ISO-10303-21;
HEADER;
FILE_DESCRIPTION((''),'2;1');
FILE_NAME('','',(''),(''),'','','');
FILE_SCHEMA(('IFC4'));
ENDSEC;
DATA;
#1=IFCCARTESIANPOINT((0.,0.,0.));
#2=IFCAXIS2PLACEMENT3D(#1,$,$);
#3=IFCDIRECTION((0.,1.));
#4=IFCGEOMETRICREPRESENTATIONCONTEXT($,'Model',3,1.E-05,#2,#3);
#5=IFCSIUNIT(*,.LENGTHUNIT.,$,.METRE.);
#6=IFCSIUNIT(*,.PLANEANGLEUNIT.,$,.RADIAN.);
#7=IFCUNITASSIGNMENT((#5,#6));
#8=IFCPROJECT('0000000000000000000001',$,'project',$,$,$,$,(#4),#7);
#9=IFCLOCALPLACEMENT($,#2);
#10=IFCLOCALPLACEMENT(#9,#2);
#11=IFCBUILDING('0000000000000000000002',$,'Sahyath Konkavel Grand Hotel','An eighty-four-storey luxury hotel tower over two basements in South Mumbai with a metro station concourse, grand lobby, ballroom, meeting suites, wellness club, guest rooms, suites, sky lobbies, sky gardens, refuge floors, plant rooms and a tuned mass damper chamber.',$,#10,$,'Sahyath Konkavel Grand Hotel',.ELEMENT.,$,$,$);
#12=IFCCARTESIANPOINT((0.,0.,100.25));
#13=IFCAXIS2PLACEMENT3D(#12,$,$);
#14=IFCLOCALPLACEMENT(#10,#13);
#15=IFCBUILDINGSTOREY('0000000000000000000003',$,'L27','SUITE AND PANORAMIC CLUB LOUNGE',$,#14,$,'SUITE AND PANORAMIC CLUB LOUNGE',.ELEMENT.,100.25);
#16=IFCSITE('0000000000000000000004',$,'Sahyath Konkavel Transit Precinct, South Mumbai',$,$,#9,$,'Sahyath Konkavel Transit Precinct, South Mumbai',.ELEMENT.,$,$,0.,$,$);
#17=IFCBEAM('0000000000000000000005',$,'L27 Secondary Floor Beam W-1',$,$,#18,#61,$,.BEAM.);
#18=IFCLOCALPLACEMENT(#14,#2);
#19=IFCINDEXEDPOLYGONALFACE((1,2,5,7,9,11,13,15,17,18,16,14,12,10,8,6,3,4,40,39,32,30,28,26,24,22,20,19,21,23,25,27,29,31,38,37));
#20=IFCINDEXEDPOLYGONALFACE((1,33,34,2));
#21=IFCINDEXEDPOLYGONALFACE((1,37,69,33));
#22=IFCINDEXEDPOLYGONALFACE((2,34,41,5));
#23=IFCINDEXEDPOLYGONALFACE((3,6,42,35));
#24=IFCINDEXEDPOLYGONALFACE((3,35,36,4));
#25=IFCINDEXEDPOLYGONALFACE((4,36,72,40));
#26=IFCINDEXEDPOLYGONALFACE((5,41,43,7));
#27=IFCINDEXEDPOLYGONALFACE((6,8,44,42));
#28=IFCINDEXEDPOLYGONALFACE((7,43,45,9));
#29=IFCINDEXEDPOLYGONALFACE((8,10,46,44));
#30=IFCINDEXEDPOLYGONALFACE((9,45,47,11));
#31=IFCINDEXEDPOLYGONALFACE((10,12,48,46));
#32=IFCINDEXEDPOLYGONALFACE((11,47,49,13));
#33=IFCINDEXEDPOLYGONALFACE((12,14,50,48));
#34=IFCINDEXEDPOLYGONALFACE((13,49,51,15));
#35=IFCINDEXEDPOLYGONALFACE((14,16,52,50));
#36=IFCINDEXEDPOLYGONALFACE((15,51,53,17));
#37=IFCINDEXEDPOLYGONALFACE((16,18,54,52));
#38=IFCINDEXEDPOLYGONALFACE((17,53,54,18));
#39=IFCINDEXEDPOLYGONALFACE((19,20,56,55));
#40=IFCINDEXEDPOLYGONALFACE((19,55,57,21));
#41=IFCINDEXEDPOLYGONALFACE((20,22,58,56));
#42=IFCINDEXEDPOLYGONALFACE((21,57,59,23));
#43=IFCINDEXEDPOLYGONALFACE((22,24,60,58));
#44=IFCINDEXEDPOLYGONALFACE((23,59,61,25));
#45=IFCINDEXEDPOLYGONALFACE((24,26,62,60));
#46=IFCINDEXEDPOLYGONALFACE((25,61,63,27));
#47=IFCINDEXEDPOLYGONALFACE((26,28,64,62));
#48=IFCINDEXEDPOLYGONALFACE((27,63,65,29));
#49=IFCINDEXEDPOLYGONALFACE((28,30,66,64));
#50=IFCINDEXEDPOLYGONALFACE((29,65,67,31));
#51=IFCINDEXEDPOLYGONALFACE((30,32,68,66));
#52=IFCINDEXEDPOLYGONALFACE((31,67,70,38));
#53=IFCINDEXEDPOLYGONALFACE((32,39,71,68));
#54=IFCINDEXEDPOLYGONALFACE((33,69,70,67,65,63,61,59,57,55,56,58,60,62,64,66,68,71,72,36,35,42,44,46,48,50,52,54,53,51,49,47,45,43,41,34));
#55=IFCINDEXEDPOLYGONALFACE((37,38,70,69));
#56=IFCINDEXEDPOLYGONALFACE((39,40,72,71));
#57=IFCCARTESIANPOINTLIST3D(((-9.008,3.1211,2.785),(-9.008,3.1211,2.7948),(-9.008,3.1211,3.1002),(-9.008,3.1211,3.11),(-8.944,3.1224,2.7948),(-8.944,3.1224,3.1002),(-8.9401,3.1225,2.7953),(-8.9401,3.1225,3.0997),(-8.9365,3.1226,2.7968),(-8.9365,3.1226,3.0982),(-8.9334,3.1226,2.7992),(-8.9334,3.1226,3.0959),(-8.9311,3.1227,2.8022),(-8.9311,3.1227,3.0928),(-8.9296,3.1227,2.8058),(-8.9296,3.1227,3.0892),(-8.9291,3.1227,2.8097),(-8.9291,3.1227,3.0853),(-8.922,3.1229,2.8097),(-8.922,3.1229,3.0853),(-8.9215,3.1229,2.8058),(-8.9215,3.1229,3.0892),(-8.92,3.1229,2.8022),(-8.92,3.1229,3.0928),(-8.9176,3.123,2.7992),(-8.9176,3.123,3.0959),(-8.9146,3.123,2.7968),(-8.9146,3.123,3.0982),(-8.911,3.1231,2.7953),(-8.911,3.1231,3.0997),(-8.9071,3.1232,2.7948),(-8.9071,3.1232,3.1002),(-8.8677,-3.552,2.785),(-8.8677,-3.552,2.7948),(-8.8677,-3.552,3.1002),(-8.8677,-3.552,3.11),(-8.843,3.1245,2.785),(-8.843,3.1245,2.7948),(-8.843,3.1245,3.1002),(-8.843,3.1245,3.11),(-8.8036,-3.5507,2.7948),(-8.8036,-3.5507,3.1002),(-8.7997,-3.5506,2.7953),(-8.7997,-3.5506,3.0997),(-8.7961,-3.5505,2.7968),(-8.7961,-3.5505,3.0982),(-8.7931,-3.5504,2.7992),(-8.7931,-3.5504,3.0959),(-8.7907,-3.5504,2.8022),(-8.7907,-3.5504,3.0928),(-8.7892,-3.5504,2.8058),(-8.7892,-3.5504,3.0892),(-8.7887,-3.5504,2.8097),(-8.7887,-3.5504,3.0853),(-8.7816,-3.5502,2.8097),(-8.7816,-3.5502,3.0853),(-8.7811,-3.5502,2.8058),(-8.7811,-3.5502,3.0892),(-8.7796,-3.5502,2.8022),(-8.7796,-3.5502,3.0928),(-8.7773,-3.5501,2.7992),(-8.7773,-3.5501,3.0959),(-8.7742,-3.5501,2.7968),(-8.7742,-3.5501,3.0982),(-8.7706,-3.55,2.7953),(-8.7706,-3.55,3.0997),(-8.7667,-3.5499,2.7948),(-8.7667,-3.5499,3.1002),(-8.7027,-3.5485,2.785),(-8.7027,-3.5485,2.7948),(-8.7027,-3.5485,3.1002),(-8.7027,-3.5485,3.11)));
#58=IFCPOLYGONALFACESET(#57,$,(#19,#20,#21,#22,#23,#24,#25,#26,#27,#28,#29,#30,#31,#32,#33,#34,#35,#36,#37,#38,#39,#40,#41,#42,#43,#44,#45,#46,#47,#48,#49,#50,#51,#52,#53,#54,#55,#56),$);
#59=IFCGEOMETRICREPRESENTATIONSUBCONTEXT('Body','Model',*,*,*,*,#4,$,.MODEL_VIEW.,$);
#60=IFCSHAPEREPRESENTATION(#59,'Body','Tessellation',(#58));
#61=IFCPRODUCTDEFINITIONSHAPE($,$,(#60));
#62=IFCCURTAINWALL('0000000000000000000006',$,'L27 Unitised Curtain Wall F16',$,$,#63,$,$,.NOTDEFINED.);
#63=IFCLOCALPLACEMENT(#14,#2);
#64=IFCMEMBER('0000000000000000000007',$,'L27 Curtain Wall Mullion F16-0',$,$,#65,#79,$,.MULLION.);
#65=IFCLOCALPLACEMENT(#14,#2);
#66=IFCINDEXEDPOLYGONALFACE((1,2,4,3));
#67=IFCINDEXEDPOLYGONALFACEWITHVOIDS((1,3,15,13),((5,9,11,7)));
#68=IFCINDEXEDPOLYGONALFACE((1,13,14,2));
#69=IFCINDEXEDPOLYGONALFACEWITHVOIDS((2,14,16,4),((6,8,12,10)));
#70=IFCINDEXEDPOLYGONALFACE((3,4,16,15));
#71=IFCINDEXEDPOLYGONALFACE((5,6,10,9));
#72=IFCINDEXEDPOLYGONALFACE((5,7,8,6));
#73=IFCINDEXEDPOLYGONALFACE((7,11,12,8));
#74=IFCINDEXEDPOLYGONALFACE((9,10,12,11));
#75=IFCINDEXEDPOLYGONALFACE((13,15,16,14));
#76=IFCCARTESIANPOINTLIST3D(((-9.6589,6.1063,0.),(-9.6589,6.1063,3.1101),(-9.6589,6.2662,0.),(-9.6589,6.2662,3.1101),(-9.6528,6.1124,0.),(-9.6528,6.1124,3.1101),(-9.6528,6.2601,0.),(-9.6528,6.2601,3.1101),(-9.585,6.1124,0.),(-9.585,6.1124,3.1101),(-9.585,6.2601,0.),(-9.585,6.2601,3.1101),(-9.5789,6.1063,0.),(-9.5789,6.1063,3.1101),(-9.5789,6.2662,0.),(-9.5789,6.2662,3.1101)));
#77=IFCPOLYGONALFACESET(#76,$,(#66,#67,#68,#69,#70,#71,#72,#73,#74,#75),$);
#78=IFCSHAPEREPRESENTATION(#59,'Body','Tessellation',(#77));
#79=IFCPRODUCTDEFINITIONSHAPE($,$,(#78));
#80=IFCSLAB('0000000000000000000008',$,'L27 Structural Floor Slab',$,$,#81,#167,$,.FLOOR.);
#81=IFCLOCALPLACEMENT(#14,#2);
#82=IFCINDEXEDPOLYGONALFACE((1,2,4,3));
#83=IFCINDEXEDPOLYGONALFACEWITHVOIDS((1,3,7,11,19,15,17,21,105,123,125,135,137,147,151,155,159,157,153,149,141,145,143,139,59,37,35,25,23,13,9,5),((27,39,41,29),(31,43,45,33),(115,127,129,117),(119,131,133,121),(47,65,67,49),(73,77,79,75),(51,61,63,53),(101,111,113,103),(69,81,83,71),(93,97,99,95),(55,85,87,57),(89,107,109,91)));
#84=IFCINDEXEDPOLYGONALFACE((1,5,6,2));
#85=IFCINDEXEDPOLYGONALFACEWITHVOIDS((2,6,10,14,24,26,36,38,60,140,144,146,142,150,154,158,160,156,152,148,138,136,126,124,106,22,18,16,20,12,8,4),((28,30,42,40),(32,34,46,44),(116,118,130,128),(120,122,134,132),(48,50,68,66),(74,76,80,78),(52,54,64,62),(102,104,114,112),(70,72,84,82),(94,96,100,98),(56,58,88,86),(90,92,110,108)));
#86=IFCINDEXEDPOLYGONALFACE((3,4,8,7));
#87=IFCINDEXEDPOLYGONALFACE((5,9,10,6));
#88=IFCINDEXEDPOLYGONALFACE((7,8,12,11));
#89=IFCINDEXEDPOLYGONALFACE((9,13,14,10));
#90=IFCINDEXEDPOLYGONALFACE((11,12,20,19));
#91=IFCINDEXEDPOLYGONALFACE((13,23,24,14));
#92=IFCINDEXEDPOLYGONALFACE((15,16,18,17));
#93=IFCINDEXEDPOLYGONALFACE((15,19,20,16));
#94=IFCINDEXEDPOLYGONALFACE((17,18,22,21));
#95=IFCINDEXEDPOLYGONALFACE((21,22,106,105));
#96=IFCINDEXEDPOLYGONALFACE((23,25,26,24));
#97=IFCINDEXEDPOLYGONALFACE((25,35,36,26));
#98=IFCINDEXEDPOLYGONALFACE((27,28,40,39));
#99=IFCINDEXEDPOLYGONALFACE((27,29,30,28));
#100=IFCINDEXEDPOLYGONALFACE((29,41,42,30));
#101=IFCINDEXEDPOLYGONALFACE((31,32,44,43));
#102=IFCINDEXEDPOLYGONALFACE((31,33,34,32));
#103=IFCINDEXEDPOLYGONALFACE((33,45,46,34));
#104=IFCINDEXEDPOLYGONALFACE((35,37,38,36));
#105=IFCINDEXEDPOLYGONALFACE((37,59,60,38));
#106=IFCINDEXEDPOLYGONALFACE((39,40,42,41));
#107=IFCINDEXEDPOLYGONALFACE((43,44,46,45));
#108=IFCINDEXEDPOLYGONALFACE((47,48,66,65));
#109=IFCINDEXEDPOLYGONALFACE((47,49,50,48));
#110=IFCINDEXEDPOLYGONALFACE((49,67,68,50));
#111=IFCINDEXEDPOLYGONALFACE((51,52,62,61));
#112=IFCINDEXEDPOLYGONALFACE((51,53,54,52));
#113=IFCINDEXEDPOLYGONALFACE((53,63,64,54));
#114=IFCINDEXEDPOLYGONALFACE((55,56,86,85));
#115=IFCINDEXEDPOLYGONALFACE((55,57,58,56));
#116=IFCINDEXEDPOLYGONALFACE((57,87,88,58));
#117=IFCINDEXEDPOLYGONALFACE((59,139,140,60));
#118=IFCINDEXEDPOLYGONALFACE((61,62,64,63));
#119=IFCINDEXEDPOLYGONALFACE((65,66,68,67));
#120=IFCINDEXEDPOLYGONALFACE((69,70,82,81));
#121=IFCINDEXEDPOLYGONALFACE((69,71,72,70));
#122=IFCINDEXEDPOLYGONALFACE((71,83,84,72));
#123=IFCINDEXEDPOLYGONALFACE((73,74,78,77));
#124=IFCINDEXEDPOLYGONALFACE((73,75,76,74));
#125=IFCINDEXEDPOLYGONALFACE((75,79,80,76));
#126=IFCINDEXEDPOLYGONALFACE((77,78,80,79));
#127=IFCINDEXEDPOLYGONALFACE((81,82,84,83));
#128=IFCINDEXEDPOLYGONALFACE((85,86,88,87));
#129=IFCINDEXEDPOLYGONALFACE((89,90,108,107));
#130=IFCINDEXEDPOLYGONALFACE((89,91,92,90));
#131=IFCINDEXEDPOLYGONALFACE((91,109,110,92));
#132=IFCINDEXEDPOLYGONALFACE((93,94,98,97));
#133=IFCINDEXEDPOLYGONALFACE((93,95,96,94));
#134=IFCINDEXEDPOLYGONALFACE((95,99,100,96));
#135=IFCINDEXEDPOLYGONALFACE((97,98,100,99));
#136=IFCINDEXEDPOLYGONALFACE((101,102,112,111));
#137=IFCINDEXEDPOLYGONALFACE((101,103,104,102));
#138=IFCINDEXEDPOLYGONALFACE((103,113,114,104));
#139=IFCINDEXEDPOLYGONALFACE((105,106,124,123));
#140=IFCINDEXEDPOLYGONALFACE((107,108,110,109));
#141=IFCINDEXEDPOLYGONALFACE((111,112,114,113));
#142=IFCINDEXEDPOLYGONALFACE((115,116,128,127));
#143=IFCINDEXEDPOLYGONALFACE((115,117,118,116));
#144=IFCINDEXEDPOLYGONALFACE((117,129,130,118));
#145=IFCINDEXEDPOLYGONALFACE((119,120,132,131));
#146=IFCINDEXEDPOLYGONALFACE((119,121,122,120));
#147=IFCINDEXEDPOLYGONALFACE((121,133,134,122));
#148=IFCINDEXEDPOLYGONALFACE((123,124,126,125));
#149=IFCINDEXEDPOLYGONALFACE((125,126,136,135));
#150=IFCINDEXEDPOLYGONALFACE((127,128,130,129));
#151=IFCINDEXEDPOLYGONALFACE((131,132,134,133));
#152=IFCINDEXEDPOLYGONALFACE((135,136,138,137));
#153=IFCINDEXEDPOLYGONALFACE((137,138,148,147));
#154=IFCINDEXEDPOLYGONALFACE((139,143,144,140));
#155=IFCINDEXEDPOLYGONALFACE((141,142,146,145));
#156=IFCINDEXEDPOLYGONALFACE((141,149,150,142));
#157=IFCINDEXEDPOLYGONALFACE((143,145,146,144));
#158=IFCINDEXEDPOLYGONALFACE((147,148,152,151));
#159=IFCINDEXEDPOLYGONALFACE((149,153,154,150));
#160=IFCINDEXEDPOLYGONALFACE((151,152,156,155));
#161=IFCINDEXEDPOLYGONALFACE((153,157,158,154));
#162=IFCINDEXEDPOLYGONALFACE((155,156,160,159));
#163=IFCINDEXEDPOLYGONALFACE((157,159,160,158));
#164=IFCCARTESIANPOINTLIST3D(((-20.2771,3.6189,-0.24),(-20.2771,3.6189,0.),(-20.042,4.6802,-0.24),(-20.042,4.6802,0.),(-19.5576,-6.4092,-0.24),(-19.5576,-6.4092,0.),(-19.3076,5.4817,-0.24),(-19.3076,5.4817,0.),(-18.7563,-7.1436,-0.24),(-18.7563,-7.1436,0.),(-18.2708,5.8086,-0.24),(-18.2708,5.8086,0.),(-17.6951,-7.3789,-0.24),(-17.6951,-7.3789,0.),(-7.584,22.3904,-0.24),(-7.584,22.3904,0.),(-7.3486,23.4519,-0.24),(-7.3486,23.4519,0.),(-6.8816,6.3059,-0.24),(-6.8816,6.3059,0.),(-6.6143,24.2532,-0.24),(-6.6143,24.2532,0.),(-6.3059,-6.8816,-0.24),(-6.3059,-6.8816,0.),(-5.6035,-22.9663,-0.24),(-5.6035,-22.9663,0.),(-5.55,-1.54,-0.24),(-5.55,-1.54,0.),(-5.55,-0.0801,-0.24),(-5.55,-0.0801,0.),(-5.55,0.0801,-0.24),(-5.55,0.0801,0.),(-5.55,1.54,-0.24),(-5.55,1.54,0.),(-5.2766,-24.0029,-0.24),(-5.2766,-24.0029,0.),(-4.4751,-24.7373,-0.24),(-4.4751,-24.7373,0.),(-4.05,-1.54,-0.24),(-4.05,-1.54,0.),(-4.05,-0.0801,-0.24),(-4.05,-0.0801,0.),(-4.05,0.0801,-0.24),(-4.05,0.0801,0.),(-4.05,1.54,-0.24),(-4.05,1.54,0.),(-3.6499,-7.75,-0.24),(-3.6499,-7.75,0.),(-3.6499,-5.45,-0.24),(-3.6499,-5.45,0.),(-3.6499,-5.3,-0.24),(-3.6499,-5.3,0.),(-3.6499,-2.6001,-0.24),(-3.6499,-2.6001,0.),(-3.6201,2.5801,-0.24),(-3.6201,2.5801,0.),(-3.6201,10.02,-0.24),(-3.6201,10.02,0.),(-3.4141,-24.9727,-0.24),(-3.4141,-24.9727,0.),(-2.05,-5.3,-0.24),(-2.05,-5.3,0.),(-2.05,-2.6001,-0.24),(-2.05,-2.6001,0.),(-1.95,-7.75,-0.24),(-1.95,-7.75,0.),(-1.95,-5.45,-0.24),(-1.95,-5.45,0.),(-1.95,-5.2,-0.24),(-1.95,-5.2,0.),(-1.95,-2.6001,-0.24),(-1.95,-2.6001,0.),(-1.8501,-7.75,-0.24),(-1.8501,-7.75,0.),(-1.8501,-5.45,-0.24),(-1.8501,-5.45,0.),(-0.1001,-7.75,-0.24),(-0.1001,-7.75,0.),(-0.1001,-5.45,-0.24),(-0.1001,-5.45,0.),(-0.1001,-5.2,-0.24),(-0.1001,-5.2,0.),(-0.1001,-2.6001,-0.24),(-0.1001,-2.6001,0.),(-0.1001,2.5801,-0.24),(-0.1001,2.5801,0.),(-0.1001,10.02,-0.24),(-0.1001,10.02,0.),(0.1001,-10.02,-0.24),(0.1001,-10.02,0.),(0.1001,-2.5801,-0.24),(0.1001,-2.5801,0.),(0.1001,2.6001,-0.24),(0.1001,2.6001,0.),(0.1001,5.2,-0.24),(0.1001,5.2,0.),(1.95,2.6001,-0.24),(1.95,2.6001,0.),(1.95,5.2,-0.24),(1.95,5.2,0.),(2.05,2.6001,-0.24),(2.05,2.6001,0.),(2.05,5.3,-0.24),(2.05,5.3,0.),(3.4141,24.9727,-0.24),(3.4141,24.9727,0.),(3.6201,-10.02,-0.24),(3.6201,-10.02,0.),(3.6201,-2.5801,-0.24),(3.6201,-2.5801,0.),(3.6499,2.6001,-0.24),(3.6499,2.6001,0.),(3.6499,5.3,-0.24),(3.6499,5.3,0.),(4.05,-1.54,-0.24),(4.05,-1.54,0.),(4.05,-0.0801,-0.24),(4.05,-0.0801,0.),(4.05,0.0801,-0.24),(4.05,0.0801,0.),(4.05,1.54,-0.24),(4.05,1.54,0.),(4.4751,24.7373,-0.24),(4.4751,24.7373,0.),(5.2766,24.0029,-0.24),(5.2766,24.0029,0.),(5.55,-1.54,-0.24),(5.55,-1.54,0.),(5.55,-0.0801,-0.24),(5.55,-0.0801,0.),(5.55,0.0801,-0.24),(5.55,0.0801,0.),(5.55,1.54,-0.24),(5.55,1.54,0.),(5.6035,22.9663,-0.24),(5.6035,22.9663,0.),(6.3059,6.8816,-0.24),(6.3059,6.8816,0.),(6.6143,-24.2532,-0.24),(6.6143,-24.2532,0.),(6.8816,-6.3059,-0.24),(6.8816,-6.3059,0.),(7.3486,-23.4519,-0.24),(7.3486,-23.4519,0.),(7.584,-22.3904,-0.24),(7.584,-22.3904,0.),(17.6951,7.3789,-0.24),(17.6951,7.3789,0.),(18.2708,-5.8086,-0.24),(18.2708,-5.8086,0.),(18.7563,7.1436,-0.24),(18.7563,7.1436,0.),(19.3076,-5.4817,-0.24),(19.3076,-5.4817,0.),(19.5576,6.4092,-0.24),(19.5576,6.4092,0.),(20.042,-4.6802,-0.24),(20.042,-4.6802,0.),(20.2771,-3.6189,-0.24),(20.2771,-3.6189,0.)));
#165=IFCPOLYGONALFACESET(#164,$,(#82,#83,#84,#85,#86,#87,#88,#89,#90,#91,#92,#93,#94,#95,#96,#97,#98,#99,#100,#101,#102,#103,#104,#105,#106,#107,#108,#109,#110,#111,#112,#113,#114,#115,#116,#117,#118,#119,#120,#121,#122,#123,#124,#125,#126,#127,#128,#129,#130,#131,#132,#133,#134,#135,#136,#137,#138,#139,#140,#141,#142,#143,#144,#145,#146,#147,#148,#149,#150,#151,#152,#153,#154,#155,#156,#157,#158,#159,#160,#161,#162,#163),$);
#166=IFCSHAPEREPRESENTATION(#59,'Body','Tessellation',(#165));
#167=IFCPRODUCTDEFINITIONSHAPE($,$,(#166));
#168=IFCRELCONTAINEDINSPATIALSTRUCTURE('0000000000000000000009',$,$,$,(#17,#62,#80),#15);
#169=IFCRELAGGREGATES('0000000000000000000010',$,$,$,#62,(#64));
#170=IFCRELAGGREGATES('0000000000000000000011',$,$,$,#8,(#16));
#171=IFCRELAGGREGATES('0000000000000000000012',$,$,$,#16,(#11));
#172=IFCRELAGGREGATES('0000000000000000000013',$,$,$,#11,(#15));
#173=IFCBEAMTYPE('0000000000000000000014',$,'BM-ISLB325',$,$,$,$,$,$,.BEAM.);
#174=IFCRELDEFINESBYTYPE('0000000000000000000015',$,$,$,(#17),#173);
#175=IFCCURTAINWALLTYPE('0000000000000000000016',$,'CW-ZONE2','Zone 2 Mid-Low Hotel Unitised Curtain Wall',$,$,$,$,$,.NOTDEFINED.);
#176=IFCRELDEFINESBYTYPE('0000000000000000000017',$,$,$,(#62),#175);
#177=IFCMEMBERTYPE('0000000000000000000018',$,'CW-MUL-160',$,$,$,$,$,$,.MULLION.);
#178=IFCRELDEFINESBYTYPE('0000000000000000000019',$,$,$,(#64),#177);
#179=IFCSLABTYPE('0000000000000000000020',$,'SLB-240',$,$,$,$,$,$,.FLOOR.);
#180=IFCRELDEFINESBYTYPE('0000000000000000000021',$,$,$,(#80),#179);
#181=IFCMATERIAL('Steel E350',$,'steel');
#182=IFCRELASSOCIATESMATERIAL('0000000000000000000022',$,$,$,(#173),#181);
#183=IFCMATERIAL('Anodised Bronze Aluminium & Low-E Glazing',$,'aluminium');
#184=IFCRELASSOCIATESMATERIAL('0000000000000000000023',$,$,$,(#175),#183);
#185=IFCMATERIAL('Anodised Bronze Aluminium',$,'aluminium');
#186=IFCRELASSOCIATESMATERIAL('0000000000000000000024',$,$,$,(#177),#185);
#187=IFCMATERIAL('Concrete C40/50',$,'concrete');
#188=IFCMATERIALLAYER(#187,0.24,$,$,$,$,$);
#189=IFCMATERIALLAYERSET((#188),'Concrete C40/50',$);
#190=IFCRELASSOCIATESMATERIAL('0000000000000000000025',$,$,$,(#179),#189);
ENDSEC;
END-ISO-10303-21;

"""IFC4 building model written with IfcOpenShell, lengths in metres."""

from ifc_helpers import new_model, si_unit, direction, frame, origin, origin_2d, place, context, subcontext, project, spatial, polyline, hollow_rectangle, i_section, outline, extrude, source, transform, mapped, material, layer, layer_set, material_profile, profile_set, type_object, element, aggregate, save


model = new_model("IFC4")

# Units and contexts
model_context = context("Model", 3, precision=1e-05, world=origin(), true_north=direction((0.0, 1.0)))
body_context = subcontext(model_context, "Body", "Model", "MODEL_VIEW")
ifc_project = project(units=[si_unit("LENGTHUNIT", "METRE"), si_unit("PLANEANGLEUNIT", "RADIAN")], contexts=[model_context])

# Site, building, storey
site_placement = place(None, origin())
site = spatial("IfcSite", under=ifc_project, at=site_placement, Name="Sahyath Konkavel Transit Precinct, South Mumbai", LongName="Sahyath Konkavel Transit Precinct, South Mumbai", CompositionType="ELEMENT", RefElevation=0.0)
building_placement = place(site_placement, origin())
building = spatial("IfcBuilding", under=site, at=building_placement, Name="Sahyath Konkavel Grand Hotel", Description="An eighty-four-storey luxury hotel tower over two basements in South Mumbai with a metro station concourse, grand lobby, ballroom, meeting suites, wellness club, guest rooms, suites, sky lobbies, sky gardens, refuge floors, plant rooms and a tuned mass damper chamber.", LongName="Sahyath Konkavel Grand Hotel", CompositionType="ELEMENT")
storey_placement = place(building_placement, frame((0.0, 0.0, 100.25)))
storey = spatial("IfcBuildingStorey", under=building, at=storey_placement, Name="L27", Description="SUITE AND PANORAMIC CLUB LOUNGE", LongName="SUITE AND PANORAMIC CLUB LOUNGE", CompositionType="ELEMENT", Elevation=100.25)

# Beam
ifc_material_1 = material(Name="Steel E350", Category="steel")
ifc_material_profile_1 = material_profile(ifc_material_1, i_section(OverallWidth=0.165, OverallDepth=0.325, WebThickness=0.0071, FlangeThickness=0.0098, FilletRadius=0.0149, at=origin_2d()), Name="ISLB 325")
ifc_profile_set_1 = profile_set([ifc_material_profile_1], Name="Steel E350")
beam_type_1 = type_object("IfcBeamType", Name="BM-ISLB325", PredefinedType="BEAM", material=ifc_profile_set_1)
shared_shape_1 = source(origin(), body_context, "Body", "SweptSolid", [
    extrude(i_section(OverallWidth=0.165, OverallDepth=0.325, WebThickness=0.0071, FlangeThickness=0.0098, FilletRadius=0.0149, at=origin_2d()), origin(), (0.0, 0.0, 1.0), 6.6746),
])
beam_1_placement = place(storey_placement, frame((-8.9255, 3.1228, 2.9475), z_axis=(0.021032, -0.999779, 0.0), x_axis=(0.999779, 0.021032, 0.0)))
element("IfcBeam", 1, at=beam_1_placement, inside=storey, type_object=beam_type_1, Name="L27 Secondary Floor Beam W-1", PredefinedType="BEAM", context=body_context, shape_type="MappedRepresentation", body=[
    mapped(shared_shape_1, transform((0.0, 0.0, 0.0), scale=1.0)),
])

# Curtain wall, member
ifc_material_2 = material(Name="Anodised Bronze Aluminium & Low-E Glazing", Category="aluminium")
curtain_wall_type = type_object("IfcCurtainWallType", Name="CW-ZONE2", Description="Zone 2 Mid-Low Hotel Unitised Curtain Wall", PredefinedType="NOTDEFINED", material=ifc_material_2)
curtain_wall_placement = place(storey_placement, origin())
curtain_wall = element("IfcCurtainWall", 2, at=curtain_wall_placement, inside=storey, type_object=curtain_wall_type, Name="L27 Unitised Curtain Wall F16", PredefinedType="NOTDEFINED")
ifc_material_3 = material(Name="Anodised Bronze Aluminium", Category="aluminium")
ifc_material_profile_2 = material_profile(ifc_material_3, hollow_rectangle(XDim=0.0801, YDim=0.1599, WallThickness=0.0061, at=origin_2d()), Name="RHS 160x80x6")
ifc_profile_set_2 = profile_set([ifc_material_profile_2], Name="Anodised Bronze Aluminium")
member_type = type_object("IfcMemberType", Name="CW-MUL-160", PredefinedType="MULLION", material=ifc_profile_set_2)
shared_shape_2 = source(origin(), body_context, "Body", "SweptSolid", [
    extrude(hollow_rectangle(XDim=0.0801, YDim=0.1599, WallThickness=0.0061, at=origin_2d()), origin(), (0.0, 0.0, 1.0), 3.1101),
])
member_placement = place(storey_placement, frame((-9.6189, 6.1863, 0.0), z_axis=(0.0, 0.0, 1.0), x_axis=(1.0, 0.0, 0.0)))
member = element("IfcMember", 3, at=member_placement, type_object=member_type, Name="L27 Curtain Wall Mullion F16-0", PredefinedType="MULLION", context=body_context, shape_type="MappedRepresentation", body=[
    mapped(shared_shape_2, transform((0.0, 0.0, 0.0), scale=1.0)),
])
aggregate(curtain_wall, [member])

# Slab
ifc_material_4 = material(Name="Concrete C40/50", Category="concrete")
ifc_layer_1 = layer(ifc_material_4, 0.24)
ifc_layer_set_1 = layer_set([ifc_layer_1], Name="Concrete C40/50")
slab_type_1 = type_object("IfcSlabType", Name="SLB-240", PredefinedType="FLOOR", material=ifc_layer_set_1)
slab_1_placement = place(storey_placement, frame((0.0, 0.0, -0.24)))
element("IfcSlab", 4, at=slab_1_placement, inside=storey, type_object=slab_type_1, Name="L27 Structural Floor Slab", PredefinedType="FLOOR", context=body_context, shape_type="SweptSolid", body=[
    extrude(outline(polyline([(6.8816, -6.3059), (18.2708, -5.8086), (19.3076, -5.4817), (20.042, -4.6802), (20.2771, -3.6189), (19.5576, 6.4092), (18.7563, 7.1436), (17.6951, 7.3789), (6.3059, 6.8816), (5.6035, 22.9663), (5.2766, 24.0029), (4.4751, 24.7373), (3.4141, 24.9727), (-6.6143, 24.2532), (-7.3486, 23.4519), (-7.584, 22.3904), (-6.8816, 6.3059), (-18.2708, 5.8086), (-19.3076, 5.4817), (-20.042, 4.6802), (-20.2771, 3.6189), (-19.5576, -6.4092), (-18.7563, -7.1436), (-17.6951, -7.3789), (-6.3059, -6.8816), (-5.6035, -22.9663), (-5.2766, -24.0029), (-4.4751, -24.7373), (-3.4141, -24.9727), (6.6143, -24.2532), (7.3486, -23.4519), (7.584, -22.3904), (6.8816, -6.3059)]), holes=[polyline([(-3.6201, 2.5801), (-0.1001, 2.5801), (-0.1001, 10.02), (-3.6201, 10.02), (-3.6201, 2.5801)]), polyline([(0.1001, -10.02), (3.6201, -10.02), (3.6201, -2.5801), (0.1001, -2.5801), (0.1001, -10.02)]), polyline([(0.1001, 2.6001), (1.95, 2.6001), (1.95, 5.2), (0.1001, 5.2), (0.1001, 2.6001)]), polyline([(-1.95, -5.2), (-0.1001, -5.2), (-0.1001, -2.6001), (-1.95, -2.6001), (-1.95, -5.2)]), polyline([(2.05, 2.6001), (3.6499, 2.6001), (3.6499, 5.3), (2.05, 5.3), (2.05, 2.6001)]), polyline([(-3.6499, -5.3), (-2.05, -5.3), (-2.05, -2.6001), (-3.6499, -2.6001), (-3.6499, -5.3)]), polyline([(-3.6499, -7.75), (-1.95, -7.75), (-1.95, -5.45), (-3.6499, -5.45), (-3.6499, -7.75)]), polyline([(-1.8501, -7.75), (-0.1001, -7.75), (-0.1001, -5.45), (-1.8501, -5.45), (-1.8501, -7.75)]), polyline([(4.05, 0.0801), (5.55, 0.0801), (5.55, 1.54), (4.05, 1.54), (4.05, 0.0801)]), polyline([(4.05, -1.54), (5.55, -1.54), (5.55, -0.0801), (4.05, -0.0801), (4.05, -1.54)]), polyline([(-5.55, 0.0801), (-4.05, 0.0801), (-4.05, 1.54), (-5.55, 1.54), (-5.55, 0.0801)]), polyline([(-5.55, -1.54), (-4.05, -1.54), (-4.05, -0.0801), (-5.55, -0.0801), (-5.55, -1.54)])]), origin(), (0.0, 0.0, 1.0), 0.24),
])

save(model, "model.ifc")
